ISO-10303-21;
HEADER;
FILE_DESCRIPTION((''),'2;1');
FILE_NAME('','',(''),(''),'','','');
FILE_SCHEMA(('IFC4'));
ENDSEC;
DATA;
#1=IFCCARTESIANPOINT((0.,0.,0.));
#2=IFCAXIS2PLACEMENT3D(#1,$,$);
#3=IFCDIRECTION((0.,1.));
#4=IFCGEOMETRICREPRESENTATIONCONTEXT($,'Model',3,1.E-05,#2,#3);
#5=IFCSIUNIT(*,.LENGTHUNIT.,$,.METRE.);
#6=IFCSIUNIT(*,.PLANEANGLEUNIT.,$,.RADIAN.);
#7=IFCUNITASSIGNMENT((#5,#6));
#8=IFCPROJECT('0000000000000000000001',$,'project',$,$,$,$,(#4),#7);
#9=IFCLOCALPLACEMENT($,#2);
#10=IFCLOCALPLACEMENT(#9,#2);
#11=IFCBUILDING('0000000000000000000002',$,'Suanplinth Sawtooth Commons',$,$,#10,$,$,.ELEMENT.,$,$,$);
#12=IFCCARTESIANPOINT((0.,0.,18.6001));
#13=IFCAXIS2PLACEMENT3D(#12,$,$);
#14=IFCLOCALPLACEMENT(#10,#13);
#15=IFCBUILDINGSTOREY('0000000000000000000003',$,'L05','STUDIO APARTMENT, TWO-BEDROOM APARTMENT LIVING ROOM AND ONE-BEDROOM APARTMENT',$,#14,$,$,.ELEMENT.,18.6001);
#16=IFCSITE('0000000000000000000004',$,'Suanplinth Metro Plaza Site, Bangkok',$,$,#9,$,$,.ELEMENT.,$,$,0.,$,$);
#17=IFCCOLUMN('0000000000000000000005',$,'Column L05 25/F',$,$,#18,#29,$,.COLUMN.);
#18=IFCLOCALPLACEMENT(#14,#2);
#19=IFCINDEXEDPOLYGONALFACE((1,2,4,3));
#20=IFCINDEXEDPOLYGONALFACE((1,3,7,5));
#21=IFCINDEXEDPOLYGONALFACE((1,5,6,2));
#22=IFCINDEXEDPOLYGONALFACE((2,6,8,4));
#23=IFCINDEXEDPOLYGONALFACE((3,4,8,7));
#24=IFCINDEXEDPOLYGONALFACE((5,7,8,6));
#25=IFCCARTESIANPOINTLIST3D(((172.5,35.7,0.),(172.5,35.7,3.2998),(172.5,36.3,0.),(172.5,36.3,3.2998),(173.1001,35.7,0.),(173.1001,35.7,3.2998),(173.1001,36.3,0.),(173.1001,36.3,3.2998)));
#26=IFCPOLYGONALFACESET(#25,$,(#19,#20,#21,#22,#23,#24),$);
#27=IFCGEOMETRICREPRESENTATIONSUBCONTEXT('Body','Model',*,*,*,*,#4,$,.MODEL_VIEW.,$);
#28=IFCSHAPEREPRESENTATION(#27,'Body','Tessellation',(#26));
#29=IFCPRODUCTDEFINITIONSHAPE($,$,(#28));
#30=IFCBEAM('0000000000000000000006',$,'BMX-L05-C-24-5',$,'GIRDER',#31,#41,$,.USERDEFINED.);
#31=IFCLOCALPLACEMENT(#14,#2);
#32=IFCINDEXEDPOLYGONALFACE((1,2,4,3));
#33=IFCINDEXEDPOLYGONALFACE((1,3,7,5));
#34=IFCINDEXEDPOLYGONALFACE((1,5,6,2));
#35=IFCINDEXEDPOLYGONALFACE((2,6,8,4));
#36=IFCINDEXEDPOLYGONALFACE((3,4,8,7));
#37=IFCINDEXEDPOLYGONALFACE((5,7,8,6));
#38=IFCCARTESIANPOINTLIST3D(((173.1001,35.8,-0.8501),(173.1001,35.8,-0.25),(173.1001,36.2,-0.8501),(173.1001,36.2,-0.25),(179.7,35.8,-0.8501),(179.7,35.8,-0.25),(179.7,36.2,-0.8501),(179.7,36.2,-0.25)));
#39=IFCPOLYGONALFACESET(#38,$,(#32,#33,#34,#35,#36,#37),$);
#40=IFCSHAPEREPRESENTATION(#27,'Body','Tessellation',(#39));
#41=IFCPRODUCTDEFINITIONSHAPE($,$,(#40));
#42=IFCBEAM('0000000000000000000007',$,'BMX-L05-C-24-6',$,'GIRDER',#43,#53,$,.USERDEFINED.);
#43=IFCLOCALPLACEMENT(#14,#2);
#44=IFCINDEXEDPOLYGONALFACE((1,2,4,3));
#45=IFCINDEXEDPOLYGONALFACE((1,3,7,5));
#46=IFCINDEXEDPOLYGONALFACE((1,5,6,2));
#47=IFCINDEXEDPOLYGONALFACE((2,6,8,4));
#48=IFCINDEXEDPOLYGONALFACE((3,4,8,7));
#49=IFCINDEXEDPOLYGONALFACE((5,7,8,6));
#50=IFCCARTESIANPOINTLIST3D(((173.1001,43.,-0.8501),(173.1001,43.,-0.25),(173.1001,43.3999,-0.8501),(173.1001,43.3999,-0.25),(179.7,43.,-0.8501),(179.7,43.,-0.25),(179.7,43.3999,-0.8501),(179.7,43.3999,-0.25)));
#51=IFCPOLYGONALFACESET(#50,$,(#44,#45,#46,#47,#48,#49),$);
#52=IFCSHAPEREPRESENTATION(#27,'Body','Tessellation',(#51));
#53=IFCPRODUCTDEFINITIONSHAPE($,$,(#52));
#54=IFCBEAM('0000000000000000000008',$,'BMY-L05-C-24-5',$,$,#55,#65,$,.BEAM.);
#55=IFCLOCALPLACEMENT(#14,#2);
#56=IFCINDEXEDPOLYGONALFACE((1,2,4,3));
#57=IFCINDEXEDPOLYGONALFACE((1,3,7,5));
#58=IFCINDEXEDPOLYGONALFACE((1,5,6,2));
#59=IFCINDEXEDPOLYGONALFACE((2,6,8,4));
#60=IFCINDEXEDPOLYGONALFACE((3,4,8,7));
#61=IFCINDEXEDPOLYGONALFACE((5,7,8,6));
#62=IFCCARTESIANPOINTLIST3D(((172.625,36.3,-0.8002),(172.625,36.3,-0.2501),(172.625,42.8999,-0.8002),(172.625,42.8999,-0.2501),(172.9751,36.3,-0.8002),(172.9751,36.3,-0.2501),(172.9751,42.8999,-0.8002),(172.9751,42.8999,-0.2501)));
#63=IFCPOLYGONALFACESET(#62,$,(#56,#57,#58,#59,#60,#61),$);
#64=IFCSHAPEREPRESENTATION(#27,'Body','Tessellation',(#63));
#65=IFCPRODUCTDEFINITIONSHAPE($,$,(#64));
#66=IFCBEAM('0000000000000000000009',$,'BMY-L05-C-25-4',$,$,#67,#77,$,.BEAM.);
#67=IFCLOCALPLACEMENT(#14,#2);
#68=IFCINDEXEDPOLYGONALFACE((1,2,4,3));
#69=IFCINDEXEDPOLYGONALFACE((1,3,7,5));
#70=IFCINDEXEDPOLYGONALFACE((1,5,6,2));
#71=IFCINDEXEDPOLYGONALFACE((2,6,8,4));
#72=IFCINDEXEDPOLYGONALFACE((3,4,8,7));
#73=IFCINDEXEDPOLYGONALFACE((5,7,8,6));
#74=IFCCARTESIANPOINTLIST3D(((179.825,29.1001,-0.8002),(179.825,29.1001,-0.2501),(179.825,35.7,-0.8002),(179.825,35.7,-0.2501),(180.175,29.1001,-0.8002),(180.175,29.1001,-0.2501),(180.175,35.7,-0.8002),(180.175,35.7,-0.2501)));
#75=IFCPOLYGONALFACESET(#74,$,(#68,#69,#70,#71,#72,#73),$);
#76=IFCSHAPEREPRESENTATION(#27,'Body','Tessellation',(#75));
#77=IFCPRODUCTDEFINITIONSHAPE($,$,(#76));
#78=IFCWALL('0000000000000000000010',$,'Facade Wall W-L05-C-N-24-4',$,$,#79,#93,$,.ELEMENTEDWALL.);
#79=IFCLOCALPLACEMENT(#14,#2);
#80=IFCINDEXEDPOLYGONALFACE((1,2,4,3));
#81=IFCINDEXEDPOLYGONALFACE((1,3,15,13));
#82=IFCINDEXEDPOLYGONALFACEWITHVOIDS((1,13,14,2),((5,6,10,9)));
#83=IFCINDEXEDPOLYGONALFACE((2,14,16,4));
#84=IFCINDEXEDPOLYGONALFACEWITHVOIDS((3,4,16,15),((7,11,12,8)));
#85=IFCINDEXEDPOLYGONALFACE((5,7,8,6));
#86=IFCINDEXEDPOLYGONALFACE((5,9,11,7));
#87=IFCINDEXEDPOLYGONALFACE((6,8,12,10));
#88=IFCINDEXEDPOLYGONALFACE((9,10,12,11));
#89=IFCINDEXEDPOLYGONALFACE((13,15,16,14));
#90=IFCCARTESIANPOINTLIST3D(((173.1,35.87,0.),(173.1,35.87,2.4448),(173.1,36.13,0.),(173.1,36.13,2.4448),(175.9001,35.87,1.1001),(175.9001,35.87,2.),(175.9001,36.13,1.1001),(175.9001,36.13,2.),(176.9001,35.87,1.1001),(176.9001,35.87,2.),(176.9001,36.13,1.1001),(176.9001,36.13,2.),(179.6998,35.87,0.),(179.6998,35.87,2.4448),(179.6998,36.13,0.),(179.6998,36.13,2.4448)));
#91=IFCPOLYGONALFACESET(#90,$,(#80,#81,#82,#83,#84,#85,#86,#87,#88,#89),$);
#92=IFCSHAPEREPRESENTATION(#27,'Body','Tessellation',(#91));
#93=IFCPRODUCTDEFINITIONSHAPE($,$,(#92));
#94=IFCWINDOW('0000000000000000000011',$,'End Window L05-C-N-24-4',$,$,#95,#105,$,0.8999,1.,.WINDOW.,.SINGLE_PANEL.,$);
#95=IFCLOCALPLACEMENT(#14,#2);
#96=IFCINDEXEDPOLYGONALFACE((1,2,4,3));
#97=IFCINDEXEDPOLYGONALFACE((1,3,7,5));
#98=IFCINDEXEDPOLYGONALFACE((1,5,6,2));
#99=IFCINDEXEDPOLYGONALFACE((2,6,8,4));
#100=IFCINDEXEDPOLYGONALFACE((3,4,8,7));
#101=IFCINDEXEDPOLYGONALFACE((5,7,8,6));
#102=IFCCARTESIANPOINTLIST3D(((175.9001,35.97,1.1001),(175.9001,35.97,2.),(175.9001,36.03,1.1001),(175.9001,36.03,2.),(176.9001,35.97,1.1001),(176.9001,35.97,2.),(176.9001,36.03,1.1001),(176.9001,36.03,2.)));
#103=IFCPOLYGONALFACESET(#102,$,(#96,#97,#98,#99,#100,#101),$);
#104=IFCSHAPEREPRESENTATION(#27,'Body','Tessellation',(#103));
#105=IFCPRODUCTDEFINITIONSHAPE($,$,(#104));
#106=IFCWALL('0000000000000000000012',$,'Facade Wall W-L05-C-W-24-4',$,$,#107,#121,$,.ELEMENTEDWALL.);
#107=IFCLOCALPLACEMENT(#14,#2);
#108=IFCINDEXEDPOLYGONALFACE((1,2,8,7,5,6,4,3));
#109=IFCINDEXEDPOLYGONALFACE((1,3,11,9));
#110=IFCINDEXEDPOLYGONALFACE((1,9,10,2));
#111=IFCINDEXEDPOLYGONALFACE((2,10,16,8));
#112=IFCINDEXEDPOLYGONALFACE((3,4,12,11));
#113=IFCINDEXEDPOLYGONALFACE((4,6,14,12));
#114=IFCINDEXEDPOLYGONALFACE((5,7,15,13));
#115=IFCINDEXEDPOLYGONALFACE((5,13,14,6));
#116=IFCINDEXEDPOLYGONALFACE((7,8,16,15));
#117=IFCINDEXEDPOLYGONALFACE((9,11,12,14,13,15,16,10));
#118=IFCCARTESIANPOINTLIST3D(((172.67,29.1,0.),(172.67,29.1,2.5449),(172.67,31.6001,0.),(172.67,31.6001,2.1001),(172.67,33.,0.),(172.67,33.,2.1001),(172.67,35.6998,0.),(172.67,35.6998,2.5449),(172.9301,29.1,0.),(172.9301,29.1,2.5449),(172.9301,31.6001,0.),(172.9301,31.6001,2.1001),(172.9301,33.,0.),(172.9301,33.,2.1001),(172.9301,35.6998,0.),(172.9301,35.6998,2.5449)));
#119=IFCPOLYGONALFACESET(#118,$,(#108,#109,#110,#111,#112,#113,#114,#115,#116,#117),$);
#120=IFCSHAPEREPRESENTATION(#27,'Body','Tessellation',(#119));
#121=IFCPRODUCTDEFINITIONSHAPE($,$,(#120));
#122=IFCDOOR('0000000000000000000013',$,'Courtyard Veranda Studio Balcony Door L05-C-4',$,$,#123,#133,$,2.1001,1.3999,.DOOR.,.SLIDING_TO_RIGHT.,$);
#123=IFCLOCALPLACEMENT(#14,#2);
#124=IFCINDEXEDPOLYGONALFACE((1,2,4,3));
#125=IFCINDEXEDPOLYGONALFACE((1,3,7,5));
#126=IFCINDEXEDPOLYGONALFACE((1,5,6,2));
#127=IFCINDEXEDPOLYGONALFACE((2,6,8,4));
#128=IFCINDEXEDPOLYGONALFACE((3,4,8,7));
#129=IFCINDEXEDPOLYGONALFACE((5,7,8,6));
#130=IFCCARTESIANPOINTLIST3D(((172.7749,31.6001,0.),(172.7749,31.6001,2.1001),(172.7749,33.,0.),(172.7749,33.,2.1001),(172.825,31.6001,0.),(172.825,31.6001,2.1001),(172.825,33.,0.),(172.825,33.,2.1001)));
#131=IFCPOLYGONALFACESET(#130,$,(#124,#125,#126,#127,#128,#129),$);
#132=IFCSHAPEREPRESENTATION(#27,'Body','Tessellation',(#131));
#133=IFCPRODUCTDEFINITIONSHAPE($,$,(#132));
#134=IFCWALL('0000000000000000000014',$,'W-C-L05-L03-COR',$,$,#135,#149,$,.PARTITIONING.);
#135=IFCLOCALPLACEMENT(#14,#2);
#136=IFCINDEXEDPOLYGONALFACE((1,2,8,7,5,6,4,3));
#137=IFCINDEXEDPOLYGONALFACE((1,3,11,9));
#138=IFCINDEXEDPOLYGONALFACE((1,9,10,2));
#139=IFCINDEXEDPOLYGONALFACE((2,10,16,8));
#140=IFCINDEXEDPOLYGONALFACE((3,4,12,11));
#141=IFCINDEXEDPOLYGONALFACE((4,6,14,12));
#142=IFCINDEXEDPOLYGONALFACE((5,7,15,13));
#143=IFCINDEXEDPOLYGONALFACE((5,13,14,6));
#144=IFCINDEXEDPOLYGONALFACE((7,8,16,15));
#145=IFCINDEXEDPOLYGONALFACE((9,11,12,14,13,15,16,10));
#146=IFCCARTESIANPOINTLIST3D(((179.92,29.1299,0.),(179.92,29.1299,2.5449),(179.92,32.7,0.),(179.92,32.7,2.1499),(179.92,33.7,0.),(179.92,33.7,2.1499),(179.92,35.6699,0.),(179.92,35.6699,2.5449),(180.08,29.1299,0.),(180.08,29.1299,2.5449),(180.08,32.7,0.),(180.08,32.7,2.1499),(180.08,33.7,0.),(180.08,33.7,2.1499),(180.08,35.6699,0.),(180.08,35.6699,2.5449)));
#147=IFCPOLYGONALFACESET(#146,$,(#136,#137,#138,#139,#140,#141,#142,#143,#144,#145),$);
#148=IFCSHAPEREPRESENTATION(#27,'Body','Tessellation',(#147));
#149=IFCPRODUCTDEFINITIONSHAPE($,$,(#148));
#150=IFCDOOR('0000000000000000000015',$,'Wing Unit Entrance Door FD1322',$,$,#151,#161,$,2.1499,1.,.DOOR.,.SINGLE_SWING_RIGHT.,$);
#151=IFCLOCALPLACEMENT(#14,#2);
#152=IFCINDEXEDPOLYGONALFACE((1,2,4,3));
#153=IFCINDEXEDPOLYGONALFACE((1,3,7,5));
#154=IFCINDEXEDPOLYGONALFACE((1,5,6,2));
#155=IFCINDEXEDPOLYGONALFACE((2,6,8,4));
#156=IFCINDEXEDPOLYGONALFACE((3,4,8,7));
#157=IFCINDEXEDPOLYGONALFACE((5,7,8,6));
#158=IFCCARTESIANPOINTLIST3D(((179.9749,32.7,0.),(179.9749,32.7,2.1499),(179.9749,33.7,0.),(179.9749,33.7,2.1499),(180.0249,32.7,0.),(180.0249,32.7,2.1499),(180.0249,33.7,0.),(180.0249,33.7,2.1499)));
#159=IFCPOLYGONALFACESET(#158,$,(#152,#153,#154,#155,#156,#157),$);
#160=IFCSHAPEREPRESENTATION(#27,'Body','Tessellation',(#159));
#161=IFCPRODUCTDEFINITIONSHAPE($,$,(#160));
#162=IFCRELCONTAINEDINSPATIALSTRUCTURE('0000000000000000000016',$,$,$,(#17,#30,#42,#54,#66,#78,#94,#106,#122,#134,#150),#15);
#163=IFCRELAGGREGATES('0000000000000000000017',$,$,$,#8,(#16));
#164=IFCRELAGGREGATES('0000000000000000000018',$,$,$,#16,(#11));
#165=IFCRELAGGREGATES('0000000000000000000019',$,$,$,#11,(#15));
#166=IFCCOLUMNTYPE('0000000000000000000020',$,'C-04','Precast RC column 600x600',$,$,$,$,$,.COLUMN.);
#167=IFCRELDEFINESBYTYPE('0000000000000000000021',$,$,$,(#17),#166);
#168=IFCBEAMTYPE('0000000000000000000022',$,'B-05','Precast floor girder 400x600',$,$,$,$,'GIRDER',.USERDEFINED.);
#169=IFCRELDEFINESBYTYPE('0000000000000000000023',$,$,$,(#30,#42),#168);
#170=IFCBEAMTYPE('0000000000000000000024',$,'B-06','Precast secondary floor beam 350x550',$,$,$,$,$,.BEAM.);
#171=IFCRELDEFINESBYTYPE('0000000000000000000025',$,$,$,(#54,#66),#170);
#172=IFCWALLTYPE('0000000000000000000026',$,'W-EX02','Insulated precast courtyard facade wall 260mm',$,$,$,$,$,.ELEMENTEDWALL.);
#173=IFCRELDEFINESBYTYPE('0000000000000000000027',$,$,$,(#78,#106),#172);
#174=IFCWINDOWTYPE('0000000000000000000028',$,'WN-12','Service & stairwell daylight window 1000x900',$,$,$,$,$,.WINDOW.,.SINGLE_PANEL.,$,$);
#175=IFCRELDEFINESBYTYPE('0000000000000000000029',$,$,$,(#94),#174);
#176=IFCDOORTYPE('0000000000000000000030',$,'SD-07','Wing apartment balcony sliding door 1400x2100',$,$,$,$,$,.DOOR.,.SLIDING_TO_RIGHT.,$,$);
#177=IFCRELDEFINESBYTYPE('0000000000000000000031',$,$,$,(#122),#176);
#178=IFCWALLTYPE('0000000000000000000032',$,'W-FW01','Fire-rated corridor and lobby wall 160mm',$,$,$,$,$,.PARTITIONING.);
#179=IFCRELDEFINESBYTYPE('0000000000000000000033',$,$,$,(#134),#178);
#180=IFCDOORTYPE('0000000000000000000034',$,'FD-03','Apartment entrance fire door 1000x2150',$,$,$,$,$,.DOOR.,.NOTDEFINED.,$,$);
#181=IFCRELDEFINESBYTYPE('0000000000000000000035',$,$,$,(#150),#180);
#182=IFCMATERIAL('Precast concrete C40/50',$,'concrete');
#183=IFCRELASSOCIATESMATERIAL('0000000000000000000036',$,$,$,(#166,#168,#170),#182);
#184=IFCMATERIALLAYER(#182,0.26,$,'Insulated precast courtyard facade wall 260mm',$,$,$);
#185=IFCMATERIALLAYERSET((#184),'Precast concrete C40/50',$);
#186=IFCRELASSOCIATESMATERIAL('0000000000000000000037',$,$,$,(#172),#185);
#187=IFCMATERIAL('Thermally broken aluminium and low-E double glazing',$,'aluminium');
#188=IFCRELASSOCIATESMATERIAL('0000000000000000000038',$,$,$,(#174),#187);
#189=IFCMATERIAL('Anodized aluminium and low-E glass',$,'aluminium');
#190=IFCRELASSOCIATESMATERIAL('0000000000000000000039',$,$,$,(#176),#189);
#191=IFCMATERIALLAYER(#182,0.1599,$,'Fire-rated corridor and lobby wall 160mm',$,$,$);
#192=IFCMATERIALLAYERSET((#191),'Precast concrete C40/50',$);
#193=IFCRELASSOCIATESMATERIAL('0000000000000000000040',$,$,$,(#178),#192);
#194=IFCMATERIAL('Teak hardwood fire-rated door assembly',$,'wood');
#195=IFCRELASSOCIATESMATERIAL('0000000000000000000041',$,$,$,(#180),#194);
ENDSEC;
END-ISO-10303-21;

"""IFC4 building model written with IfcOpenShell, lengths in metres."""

from ifc_helpers import new_model, si_unit, direction, frame, frame_2d, origin, origin_2d, place, context, subcontext, project, spatial, rectangle, extrude, material, layer, layer_set, material_profile, profile_set, type_object, element, fill, save


model = new_model("IFC4")

# Units and contexts
model_context = context("Model", 3, precision=1e-05, world=origin(), true_north=direction((0.0, 1.0)))
body_context = subcontext(model_context, "Body", "Model", "MODEL_VIEW")
ifc_project = project(units=[si_unit("LENGTHUNIT", "METRE"), si_unit("PLANEANGLEUNIT", "RADIAN")], contexts=[model_context])

# Site, building, storey
site_placement = place(None, origin())
site = spatial("IfcSite", under=ifc_project, at=site_placement, Name="Suanplinth Metro Plaza Site, Bangkok", CompositionType="ELEMENT", RefElevation=0.0)
building_placement = place(site_placement, origin())
building = spatial("IfcBuilding", under=site, at=building_placement, Name="Suanplinth Sawtooth Commons", CompositionType="ELEMENT")
storey_placement = place(building_placement, frame((0.0, 0.0, 18.6001)))
storey = spatial("IfcBuildingStorey", under=building, at=storey_placement, Name="L05", Description="STUDIO APARTMENT, TWO-BEDROOM APARTMENT LIVING ROOM AND ONE-BEDROOM APARTMENT", CompositionType="ELEMENT", Elevation=18.6001)

# Column
ifc_material_1 = material(Name="Precast concrete C40/50", Category="concrete")
ifc_material_profile_1 = material_profile(ifc_material_1, rectangle(XDim=0.6001, YDim=0.6001, at=origin_2d()), Name="PC-COL 600x600")
ifc_profile_set_1 = profile_set([ifc_material_profile_1], Name="Precast concrete C40/50")
column_type = type_object("IfcColumnType", Name="C-04", Description="Precast RC column 600x600", PredefinedType="COLUMN", material=ifc_profile_set_1)
column_placement = place(storey_placement, frame((172.8, 36.0, 0.0), z_axis=(0.0, 0.0, 1.0), x_axis=(1.0, 0.0, 0.0)))
element("IfcColumn", 1, at=column_placement, inside=storey, type_object=column_type, Name="Column L05 25/F", PredefinedType="COLUMN", context=body_context, shape_type="SweptSolid", body=[
    extrude(rectangle(XDim=0.6001, YDim=0.6001, at=origin_2d()), origin(), (0.0, 0.0, 1.0), 3.2998),
])

# Beams
ifc_material_profile_2 = material_profile(ifc_material_1, rectangle(XDim=0.3999, YDim=0.6001, at=origin_2d()), Name="PC-GDR 400x600")
ifc_profile_set_2 = profile_set([ifc_material_profile_2], Name="Precast concrete C40/50")
beam_type_1 = type_object("IfcBeamType", Name="B-05", Description="Precast floor girder 400x600", ElementType="GIRDER", PredefinedType="USERDEFINED", material=ifc_profile_set_2)
for number, where, z_axis, x_axis, name in (
    (2, (173.1001, 36.0, -0.55), (1.0, 0.0, 0.0), (0.0, 1.0, 0.0), "BMX-L05-C-24-5"),
    (3, (173.1001, 43.2, -0.55), (1.0, 0.0, 0.0), (0.0, 1.0, 0.0), "BMX-L05-C-24-6"),
):
    element("IfcBeam", number, at=place(storey_placement, frame(where, z_axis=z_axis, x_axis=x_axis)), inside=storey, type_object=beam_type_1, Name=name, ObjectType="GIRDER", PredefinedType="USERDEFINED", context=body_context, shape_type="SweptSolid", body=[
        extrude(rectangle(XDim=0.3999, YDim=0.6001, at=origin_2d()), origin(), (0.0, 0.0, 1.0), 6.5999),
    ])
ifc_material_profile_3 = material_profile(ifc_material_1, rectangle(XDim=0.3501, YDim=0.55, at=origin_2d()), Name="PC-BM 350x550")
ifc_profile_set_3 = profile_set([ifc_material_profile_3], Name="Precast concrete C40/50")
beam_type_2 = type_object("IfcBeamType", Name="B-06", Description="Precast secondary floor beam 350x550", PredefinedType="BEAM", material=ifc_profile_set_3)
for number, where, z_axis, x_axis, name in (
    (4, (172.8, 36.3, -0.5251), (0.0, 1.0, 0.0), (-1.0, 0.0, 0.0), "BMY-L05-C-24-5"),
    (5, (180.0, 29.1001, -0.5251), (0.0, 1.0, 0.0), (-1.0, 0.0, 0.0), "BMY-L05-C-25-4"),
):
    element("IfcBeam", number, at=place(storey_placement, frame(where, z_axis=z_axis, x_axis=x_axis)), inside=storey, type_object=beam_type_2, Name=name, PredefinedType="BEAM", context=body_context, shape_type="SweptSolid", body=[
        extrude(rectangle(XDim=0.3501, YDim=0.55, at=origin_2d()), origin(), (0.0, 0.0, 1.0), 6.5999),
    ])

# Wall, opening, window
ifc_layer_1 = layer(ifc_material_1, 0.26, Name="Insulated precast courtyard facade wall 260mm")
ifc_layer_set_1 = layer_set([ifc_layer_1], Name="Precast concrete C40/50")
wall_type_1 = type_object("IfcWallType", Name="W-EX02", Description="Insulated precast courtyard facade wall 260mm", PredefinedType="ELEMENTEDWALL", material=ifc_layer_set_1)
wall_1_placement = place(storey_placement, frame((173.1001, 36.0, 0.0), z_axis=(0.0, 0.0, 1.0), x_axis=(1.0, 0.0, 0.0)))
wall_1 = element("IfcWall", 6, at=wall_1_placement, inside=storey, type_object=wall_type_1, Name="Facade Wall W-L05-C-N-24-4", PredefinedType="ELEMENTEDWALL", context=body_context, shape_type="SweptSolid", body=[
    extrude(rectangle(XDim=6.5999, YDim=0.26, at=frame_2d((3.2998, 0.0))), origin(), (0.0, 0.0, 1.0), 2.4448),
])
opening_1_placement = place(wall_1_placement, frame((2.8, 0.0, 1.1001)))
opening_1 = element("IfcOpeningElement", 7, at=opening_1_placement, cuts=wall_1, PredefinedType="OPENING", context=body_context, shape_type="SweptSolid", body=[
    extrude(rectangle(XDim=1.0, YDim=0.8999, at=frame_2d((0.5, 0.45))), frame((0.0, 0.145, 0.0), z_axis=(0.0, -1.0, 0.0), x_axis=(1.0, 0.0, 0.0)), (0.0, 0.0, 1.0), 0.2898),
])
ifc_material_2 = material(Name="Thermally broken aluminium and low-E double glazing", Category="aluminium")
window_type = type_object("IfcWindowType", Name="WN-12", Description="Service & stairwell daylight window 1000x900", PartitioningType="SINGLE_PANEL", PredefinedType="WINDOW", material=ifc_material_2)
window_placement = place(opening_1_placement, origin())
window = element("IfcWindow", 8, at=window_placement, inside=storey, type_object=window_type, Name="End Window L05-C-N-24-4", OverallHeight=0.8999, OverallWidth=1.0, PartitioningType="SINGLE_PANEL", PredefinedType="WINDOW", context=body_context, shape_type="SweptSolid", body=[
    extrude(rectangle(XDim=1.0, YDim=0.8999, at=frame_2d((0.5, 0.45))), frame((0.0, 0.03, 0.0), z_axis=(0.0, -1.0, 0.0), x_axis=(1.0, 0.0, 0.0)), (0.0, 0.0, 1.0), 0.0601),
])
fill(opening_1, window)

# Walls, openings, doors
wall_2_placement = place(storey_placement, frame((172.8, 29.1001, 0.0), z_axis=(0.0, 0.0, 1.0), x_axis=(0.0, 1.0, 0.0)))
wall_2 = element("IfcWall", 9, at=wall_2_placement, inside=storey, type_object=wall_type_1, Name="Facade Wall W-L05-C-W-24-4", PredefinedType="ELEMENTEDWALL", context=body_context, shape_type="SweptSolid", body=[
    extrude(rectangle(XDim=6.5999, YDim=0.26, at=frame_2d((3.2998, 0.0))), origin(), (0.0, 0.0, 1.0), 2.5449),
])
opening_2_placement = place(wall_2_placement, frame((2.5, 0.0, 0.0)))
opening_2 = element("IfcOpeningElement", 10, at=opening_2_placement, cuts=wall_2, PredefinedType="OPENING", context=body_context, shape_type="SweptSolid", body=[
    extrude(rectangle(XDim=1.3999, YDim=2.1001, at=frame_2d((0.7, 1.05))), frame((0.0, 0.145, 0.0), z_axis=(0.0, -1.0, 0.0), x_axis=(1.0, 0.0, 0.0)), (0.0, 0.0, 1.0), 0.2898),
])
ifc_material_3 = material(Name="Anodized aluminium and low-E glass", Category="aluminium")
door_type_1 = type_object("IfcDoorType", Name="SD-07", Description="Wing apartment balcony sliding door 1400x2100", OperationType="SLIDING_TO_RIGHT", PredefinedType="DOOR", material=ifc_material_3)
door_1_placement = place(opening_2_placement, frame((1.3999, 0.0, 0.0), z_axis=(0.0, 0.0, 1.0), x_axis=(-1.0, 0.0, 0.0)))
door_1 = element("IfcDoor", 11, at=door_1_placement, inside=storey, type_object=door_type_1, Name="Courtyard Veranda Studio Balcony Door L05-C-4", OperationType="SLIDING_TO_RIGHT", OverallHeight=2.1001, OverallWidth=1.3999, PredefinedType="DOOR", context=body_context, shape_type="SweptSolid", body=[
    extrude(rectangle(XDim=1.3999, YDim=2.1001, at=frame_2d((0.7, 1.05))), frame((0.0, 0.0249, 0.0), z_axis=(0.0, -1.0, 0.0), x_axis=(1.0, 0.0, 0.0)), (0.0, 0.0, 1.0), 0.05),
])
fill(opening_2, door_1)
ifc_layer_2 = layer(ifc_material_1, 0.1599, Name="Fire-rated corridor and lobby wall 160mm")
ifc_layer_set_2 = layer_set([ifc_layer_2], Name="Precast concrete C40/50")
wall_type_2 = type_object("IfcWallType", Name="W-FW01", Description="Fire-rated corridor and lobby wall 160mm", PredefinedType="PARTITIONING", material=ifc_layer_set_2)
wall_3_placement = place(storey_placement, frame((180.0, 29.1299, 0.0), z_axis=(0.0, 0.0, 1.0), x_axis=(0.0, 1.0, 0.0)))
wall_3 = element("IfcWall", 12, at=wall_3_placement, inside=storey, type_object=wall_type_2, Name="W-C-L05-L03-COR", PredefinedType="PARTITIONING", context=body_context, shape_type="SweptSolid", body=[
    extrude(rectangle(XDim=6.54, YDim=0.1599, at=frame_2d((3.27, 0.0))), origin(), (0.0, 0.0, 1.0), 2.5449),
])
opening_3_placement = place(wall_3_placement, frame((3.5701, 0.0, 0.0)))
opening_3 = element("IfcOpeningElement", 13, at=opening_3_placement, cuts=wall_3, PredefinedType="OPENING", context=body_context, shape_type="SweptSolid", body=[
    extrude(rectangle(XDim=1.0, YDim=2.1499, at=frame_2d((0.5, 1.075))), frame((0.0, 0.0947, 0.0), z_axis=(0.0, -1.0, 0.0), x_axis=(1.0, 0.0, 0.0)), (0.0, 0.0, 1.0), 0.1897),
])
ifc_material_4 = material(Name="Teak hardwood fire-rated door assembly", Category="wood")
door_type_2 = type_object("IfcDoorType", Name="FD-03", Description="Apartment entrance fire door 1000x2150", OperationType="NOTDEFINED", PredefinedType="DOOR", material=ifc_material_4)
door_2_placement = place(opening_3_placement, frame((1.0, 0.0, 0.0), z_axis=(0.0, 0.0, 1.0), x_axis=(-1.0, 0.0, 0.0)))
door_2 = element("IfcDoor", 14, at=door_2_placement, inside=storey, type_object=door_type_2, Name="Wing Unit Entrance Door FD1322", OperationType="SINGLE_SWING_RIGHT", OverallHeight=2.1499, OverallWidth=1.0, PredefinedType="DOOR", context=body_context, shape_type="SweptSolid", body=[
    extrude(rectangle(XDim=1.0, YDim=2.1499, at=frame_2d((0.5, 1.075))), frame((0.0, 0.0249, 0.0), z_axis=(0.0, -1.0, 0.0), x_axis=(1.0, 0.0, 0.0)), (0.0, 0.0, 1.0), 0.05),
])
fill(opening_3, door_2)

save(model, "model.ifc")
